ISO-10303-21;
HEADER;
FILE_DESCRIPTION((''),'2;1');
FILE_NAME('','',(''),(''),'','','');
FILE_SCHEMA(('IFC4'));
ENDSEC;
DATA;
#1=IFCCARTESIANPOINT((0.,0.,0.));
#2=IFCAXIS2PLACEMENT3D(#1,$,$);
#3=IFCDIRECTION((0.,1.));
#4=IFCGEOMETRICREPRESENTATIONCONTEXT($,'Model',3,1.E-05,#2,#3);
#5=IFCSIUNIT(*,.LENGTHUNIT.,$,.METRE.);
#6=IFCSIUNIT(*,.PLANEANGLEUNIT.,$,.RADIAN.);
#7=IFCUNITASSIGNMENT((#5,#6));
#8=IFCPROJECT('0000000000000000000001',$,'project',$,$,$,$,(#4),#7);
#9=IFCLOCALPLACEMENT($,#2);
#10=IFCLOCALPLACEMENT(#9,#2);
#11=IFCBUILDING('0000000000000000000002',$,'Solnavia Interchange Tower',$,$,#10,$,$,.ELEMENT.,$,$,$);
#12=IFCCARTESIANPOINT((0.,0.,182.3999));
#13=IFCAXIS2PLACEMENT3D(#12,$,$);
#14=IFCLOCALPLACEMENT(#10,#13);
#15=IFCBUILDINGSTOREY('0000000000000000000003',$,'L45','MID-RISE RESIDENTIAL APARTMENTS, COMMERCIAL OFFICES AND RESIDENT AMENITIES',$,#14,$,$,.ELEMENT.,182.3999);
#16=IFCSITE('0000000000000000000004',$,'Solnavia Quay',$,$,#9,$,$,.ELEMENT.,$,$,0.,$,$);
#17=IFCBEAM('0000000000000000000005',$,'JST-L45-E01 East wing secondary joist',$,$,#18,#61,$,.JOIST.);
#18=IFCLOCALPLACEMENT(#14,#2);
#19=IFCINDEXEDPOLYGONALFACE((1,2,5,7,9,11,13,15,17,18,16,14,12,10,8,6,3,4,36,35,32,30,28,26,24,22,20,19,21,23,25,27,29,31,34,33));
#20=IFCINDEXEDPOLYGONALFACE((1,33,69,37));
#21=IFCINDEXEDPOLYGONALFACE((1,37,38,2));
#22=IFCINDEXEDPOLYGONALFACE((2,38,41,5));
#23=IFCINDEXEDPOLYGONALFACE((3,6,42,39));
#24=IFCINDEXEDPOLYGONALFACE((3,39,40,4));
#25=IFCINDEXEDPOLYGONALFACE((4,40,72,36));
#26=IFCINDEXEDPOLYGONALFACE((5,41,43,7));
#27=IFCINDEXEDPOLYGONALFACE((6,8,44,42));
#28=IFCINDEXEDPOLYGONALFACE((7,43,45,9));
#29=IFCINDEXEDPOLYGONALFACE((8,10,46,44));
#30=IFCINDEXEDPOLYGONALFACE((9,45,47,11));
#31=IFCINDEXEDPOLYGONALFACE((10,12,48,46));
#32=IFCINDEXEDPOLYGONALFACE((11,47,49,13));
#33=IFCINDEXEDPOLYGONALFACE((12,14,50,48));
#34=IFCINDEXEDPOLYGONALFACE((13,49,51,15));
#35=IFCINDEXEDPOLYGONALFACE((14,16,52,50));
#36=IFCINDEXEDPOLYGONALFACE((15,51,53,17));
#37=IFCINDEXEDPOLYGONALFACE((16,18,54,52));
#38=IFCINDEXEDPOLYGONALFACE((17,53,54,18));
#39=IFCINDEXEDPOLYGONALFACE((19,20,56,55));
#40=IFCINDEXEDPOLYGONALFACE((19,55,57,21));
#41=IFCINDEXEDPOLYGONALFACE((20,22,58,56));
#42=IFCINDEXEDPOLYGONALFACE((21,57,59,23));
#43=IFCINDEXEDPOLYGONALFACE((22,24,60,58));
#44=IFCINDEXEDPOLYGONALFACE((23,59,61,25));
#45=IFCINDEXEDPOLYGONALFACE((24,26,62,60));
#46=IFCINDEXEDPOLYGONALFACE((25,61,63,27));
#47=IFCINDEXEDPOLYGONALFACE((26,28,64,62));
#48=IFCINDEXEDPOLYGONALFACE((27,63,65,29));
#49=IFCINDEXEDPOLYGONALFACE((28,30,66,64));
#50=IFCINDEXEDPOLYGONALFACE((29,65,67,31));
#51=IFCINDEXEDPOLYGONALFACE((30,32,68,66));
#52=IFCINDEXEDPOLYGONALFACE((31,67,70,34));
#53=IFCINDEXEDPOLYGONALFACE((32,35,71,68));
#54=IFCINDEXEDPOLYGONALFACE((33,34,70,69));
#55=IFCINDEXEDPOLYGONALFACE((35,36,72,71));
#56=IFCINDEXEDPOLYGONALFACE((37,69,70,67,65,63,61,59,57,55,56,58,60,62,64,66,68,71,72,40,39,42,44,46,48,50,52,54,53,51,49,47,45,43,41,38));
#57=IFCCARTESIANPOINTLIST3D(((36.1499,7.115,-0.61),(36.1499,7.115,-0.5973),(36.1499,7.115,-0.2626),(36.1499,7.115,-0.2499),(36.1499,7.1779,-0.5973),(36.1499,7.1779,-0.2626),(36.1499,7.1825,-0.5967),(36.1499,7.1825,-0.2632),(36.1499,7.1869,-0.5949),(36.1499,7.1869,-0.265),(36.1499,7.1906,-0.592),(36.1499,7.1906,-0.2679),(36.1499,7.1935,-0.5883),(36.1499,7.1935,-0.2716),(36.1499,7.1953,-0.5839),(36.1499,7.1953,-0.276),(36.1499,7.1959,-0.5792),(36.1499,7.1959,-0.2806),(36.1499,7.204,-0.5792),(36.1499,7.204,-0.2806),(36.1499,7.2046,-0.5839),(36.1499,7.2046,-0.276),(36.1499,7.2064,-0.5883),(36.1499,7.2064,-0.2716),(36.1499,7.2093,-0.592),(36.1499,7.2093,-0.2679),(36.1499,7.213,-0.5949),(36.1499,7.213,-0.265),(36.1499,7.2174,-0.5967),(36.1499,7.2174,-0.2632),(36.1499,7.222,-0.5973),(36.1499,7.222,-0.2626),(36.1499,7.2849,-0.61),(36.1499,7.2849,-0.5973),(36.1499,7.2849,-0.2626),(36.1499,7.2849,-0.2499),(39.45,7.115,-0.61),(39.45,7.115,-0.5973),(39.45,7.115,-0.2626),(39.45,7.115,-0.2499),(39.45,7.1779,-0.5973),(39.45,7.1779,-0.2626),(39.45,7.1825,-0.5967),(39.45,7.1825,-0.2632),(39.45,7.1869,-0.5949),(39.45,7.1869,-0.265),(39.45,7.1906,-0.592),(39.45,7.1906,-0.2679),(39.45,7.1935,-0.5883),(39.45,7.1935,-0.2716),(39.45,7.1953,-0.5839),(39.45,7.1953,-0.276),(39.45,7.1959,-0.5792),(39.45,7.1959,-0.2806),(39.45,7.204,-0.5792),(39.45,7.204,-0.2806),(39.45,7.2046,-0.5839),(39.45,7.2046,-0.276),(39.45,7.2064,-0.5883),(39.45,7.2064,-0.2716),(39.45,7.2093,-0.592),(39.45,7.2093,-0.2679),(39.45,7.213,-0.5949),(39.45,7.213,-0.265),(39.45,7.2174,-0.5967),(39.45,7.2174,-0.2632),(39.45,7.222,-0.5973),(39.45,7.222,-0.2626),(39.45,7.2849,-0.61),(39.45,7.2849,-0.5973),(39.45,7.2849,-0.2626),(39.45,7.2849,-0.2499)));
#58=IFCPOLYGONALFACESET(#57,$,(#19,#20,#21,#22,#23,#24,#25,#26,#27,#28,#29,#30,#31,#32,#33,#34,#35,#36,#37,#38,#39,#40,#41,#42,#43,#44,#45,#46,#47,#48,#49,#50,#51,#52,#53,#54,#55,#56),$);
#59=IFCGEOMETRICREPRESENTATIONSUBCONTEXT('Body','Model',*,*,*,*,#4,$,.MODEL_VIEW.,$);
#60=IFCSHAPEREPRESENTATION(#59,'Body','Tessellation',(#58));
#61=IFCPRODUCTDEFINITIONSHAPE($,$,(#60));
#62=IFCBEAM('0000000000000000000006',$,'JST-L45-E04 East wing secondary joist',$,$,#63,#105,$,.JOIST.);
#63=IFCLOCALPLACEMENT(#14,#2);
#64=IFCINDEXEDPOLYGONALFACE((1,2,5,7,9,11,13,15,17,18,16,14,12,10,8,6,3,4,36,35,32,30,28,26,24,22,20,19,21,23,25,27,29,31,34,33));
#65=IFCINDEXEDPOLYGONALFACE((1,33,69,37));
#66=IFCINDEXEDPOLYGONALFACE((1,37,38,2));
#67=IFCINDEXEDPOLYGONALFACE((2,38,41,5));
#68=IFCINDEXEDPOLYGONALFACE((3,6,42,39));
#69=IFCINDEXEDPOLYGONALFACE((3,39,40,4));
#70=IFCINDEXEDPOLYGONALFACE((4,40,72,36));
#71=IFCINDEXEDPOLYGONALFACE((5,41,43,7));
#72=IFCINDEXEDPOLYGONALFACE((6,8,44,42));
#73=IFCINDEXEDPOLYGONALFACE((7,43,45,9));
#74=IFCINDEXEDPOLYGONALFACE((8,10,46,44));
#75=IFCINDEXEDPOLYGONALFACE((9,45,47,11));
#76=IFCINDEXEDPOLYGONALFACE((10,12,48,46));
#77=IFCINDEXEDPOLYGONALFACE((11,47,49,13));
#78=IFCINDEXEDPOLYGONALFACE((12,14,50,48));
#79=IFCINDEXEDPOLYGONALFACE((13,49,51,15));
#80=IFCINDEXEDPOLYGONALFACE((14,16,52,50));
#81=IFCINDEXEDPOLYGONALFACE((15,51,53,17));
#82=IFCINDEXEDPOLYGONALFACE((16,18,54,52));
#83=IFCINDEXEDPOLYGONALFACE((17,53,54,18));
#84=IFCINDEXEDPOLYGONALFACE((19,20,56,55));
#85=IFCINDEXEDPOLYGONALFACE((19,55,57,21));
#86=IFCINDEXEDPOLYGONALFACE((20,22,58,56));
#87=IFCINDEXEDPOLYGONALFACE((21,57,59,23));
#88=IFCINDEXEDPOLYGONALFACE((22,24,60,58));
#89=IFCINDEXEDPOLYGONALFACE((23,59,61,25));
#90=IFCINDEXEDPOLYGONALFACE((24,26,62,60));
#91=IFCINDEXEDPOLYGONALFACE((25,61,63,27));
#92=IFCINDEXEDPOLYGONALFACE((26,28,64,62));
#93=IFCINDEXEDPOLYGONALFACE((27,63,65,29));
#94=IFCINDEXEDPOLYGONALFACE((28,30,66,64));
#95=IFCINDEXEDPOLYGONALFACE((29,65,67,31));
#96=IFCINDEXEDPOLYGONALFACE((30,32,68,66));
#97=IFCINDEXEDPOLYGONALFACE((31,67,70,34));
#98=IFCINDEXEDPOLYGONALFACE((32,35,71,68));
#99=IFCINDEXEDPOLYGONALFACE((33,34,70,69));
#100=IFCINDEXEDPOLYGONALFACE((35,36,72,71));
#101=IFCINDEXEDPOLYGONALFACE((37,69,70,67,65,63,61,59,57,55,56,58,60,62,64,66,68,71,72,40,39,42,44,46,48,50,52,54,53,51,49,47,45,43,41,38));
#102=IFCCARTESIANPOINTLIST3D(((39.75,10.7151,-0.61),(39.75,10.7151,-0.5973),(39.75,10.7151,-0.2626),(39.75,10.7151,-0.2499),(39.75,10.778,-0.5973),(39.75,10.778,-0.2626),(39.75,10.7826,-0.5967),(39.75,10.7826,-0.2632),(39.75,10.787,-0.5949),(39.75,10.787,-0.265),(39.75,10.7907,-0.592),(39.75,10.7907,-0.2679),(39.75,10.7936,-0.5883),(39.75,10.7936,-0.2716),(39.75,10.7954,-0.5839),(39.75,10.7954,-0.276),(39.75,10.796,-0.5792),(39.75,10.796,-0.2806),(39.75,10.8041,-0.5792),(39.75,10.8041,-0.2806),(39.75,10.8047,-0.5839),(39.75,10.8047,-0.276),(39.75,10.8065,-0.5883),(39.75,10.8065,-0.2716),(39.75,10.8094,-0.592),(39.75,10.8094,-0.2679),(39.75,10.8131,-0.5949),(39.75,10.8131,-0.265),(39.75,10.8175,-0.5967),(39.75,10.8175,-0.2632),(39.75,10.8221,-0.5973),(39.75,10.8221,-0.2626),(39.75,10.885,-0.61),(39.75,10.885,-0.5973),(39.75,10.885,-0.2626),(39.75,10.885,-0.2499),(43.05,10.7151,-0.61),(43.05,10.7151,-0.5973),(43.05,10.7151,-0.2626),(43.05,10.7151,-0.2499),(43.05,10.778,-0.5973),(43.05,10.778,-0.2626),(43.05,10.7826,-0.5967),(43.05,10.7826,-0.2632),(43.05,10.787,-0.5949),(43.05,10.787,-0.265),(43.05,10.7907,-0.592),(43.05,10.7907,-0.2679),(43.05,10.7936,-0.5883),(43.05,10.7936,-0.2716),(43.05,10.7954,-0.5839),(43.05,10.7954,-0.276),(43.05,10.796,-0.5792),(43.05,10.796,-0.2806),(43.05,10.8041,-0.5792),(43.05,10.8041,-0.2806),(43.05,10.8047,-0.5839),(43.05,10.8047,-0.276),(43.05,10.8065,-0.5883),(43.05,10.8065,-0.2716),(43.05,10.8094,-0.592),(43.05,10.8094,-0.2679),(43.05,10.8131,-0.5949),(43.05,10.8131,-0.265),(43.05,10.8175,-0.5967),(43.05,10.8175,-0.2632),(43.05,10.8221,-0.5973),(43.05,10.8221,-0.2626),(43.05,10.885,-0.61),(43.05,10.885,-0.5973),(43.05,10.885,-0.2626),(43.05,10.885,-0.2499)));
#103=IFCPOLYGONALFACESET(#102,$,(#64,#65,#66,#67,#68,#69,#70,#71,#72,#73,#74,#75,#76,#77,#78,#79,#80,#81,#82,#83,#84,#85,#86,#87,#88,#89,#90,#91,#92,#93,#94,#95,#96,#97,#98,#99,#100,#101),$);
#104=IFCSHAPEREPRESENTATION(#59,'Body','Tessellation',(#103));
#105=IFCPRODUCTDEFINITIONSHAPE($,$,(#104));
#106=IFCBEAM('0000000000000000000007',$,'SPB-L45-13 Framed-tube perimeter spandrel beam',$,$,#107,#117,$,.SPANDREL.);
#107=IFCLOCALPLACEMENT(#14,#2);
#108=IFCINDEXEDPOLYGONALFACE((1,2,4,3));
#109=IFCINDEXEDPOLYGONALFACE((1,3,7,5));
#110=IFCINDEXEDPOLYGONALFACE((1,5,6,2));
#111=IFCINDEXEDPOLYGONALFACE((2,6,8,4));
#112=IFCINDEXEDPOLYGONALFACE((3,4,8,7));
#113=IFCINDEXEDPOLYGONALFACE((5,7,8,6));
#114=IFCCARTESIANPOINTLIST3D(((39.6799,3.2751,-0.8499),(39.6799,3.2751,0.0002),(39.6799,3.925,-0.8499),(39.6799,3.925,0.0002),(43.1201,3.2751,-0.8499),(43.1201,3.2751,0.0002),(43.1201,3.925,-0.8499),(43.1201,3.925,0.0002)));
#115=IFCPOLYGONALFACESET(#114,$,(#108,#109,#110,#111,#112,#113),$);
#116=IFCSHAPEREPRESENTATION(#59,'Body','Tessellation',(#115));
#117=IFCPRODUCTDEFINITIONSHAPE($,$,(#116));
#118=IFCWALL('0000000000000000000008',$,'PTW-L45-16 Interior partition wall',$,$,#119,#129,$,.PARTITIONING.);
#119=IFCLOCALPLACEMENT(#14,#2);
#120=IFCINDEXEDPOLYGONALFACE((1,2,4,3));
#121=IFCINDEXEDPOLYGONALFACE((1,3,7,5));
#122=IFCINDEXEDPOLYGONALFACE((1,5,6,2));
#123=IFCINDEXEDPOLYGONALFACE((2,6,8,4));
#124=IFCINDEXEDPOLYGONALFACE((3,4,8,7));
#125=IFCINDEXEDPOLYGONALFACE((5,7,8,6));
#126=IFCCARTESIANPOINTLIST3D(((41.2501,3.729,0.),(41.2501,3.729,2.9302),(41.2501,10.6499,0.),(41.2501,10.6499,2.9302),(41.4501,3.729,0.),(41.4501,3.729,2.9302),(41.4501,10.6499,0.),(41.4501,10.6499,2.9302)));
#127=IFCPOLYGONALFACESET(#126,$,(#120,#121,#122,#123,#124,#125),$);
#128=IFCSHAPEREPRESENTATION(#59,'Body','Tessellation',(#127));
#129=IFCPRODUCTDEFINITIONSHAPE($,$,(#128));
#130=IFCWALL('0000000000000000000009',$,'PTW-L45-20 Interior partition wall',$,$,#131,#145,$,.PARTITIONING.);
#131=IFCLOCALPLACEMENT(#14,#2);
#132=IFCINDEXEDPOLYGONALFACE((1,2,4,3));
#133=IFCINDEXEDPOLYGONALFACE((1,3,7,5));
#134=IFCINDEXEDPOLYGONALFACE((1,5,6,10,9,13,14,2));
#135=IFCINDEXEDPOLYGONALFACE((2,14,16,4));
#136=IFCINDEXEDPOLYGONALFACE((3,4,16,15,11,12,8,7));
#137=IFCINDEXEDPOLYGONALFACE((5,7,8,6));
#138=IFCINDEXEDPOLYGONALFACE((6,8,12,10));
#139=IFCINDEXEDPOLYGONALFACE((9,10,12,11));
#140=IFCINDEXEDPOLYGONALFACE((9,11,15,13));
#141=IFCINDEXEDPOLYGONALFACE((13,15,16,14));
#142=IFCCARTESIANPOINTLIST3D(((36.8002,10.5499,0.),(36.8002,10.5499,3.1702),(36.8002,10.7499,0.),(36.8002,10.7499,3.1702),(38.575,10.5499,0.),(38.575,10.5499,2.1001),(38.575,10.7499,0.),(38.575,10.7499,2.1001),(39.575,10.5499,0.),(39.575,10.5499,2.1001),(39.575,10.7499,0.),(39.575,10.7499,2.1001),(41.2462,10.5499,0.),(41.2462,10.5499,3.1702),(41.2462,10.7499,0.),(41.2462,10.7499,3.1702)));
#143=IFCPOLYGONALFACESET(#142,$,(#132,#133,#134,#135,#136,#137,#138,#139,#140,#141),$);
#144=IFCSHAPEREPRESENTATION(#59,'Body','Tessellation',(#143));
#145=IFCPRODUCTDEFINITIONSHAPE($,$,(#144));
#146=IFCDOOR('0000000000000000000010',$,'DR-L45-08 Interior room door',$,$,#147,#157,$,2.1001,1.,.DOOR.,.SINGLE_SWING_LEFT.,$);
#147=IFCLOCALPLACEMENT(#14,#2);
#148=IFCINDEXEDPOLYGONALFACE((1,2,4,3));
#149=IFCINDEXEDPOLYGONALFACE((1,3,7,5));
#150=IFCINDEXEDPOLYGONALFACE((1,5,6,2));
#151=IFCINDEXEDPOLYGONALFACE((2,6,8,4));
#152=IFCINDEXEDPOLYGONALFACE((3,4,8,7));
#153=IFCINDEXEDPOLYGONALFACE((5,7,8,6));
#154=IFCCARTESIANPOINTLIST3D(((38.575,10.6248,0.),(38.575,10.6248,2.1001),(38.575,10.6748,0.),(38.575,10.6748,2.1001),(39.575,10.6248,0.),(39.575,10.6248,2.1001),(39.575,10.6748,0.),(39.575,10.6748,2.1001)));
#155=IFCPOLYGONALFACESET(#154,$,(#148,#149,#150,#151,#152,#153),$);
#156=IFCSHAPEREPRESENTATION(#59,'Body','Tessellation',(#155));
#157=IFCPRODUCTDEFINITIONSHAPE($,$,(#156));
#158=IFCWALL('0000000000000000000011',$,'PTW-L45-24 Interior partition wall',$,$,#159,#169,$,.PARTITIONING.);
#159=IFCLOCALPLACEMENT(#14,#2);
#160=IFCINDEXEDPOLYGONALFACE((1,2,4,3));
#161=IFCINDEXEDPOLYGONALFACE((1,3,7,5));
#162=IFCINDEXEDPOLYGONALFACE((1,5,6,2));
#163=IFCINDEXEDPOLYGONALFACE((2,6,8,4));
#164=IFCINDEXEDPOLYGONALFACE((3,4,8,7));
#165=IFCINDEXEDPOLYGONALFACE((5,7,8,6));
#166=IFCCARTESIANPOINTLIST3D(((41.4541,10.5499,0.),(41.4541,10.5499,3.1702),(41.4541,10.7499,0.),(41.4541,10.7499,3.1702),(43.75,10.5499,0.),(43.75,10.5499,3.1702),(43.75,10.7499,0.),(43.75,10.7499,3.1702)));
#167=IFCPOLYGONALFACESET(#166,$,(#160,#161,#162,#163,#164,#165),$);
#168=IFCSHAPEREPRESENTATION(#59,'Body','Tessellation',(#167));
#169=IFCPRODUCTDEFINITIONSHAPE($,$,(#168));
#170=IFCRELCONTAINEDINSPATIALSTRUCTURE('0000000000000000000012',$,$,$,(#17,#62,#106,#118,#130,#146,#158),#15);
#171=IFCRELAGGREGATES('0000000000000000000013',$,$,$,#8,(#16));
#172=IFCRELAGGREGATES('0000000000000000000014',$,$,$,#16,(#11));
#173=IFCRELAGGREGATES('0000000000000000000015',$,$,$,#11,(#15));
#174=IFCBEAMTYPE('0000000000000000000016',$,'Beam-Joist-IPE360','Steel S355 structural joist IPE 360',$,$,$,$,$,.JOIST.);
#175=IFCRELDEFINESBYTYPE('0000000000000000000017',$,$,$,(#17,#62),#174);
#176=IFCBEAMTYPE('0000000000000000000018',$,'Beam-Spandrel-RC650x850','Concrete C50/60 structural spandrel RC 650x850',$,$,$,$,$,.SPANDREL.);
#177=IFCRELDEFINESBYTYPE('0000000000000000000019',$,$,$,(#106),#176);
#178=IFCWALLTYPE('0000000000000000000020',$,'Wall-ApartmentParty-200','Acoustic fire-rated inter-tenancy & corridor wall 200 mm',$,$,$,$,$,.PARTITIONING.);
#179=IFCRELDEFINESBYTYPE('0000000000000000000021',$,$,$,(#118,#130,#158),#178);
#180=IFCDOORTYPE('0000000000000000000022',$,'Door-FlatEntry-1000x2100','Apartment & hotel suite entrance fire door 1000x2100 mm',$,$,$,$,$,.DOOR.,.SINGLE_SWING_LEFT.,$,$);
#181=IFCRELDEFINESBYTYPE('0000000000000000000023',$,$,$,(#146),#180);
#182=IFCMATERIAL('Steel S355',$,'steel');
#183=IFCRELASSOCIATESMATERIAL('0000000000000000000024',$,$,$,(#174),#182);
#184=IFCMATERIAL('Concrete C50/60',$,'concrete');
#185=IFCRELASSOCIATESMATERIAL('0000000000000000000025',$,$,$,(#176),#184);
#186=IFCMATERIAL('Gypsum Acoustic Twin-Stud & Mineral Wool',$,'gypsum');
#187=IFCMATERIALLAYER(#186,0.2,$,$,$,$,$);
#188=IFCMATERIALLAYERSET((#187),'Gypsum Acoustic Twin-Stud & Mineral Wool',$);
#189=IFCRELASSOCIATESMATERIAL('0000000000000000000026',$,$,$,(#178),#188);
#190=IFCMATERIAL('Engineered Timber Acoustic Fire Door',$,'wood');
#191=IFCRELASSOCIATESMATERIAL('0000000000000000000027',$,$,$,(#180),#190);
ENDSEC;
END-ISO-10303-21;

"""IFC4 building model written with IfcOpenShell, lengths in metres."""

from ifc_helpers import new_model, si_unit, direction, frame, frame_2d, origin, origin_2d, place, context, subcontext, project, spatial, rectangle, i_section, extrude, material, layer, layer_set, material_profile, profile_set, type_object, element, fill, save


model = new_model("IFC4")

# Units and contexts
model_context = context("Model", 3, precision=1e-05, world=origin(), true_north=direction((0.0, 1.0)))
body_context = subcontext(model_context, "Body", "Model", "MODEL_VIEW")
ifc_project = project(units=[si_unit("LENGTHUNIT", "METRE"), si_unit("PLANEANGLEUNIT", "RADIAN")], contexts=[model_context])

# Site, building, storey
site_placement = place(None, origin())
site = spatial("IfcSite", under=ifc_project, at=site_placement, Name="Solnavia Quay", CompositionType="ELEMENT", RefElevation=0.0)
building_placement = place(site_placement, origin())
building = spatial("IfcBuilding", under=site, at=building_placement, Name="Solnavia Interchange Tower", CompositionType="ELEMENT")
storey_placement = place(building_placement, frame((0.0, 0.0, 182.3999)))
storey = spatial("IfcBuildingStorey", under=building, at=storey_placement, Name="L45", Description="MID-RISE RESIDENTIAL APARTMENTS, COMMERCIAL OFFICES AND RESIDENT AMENITIES", CompositionType="ELEMENT", Elevation=182.3999)

# Shared definitions
ifc_material_1 = material(Name="Concrete C50/60", Category="concrete")

# Beams
ifc_material_2 = material(Name="Steel S355", Category="steel")
ifc_material_profile_1 = material_profile(ifc_material_2, i_section(OverallWidth=0.1699, OverallDepth=0.3601, WebThickness=0.0081, FlangeThickness=0.0127, FilletRadius=0.0181, at=origin_2d()), Name="IPE 360")
ifc_profile_set_1 = profile_set([ifc_material_profile_1], Name="Steel S355")
beam_type_1 = type_object("IfcBeamType", Name="Beam-Joist-IPE360", Description="Steel S355 structural joist IPE 360", PredefinedType="JOIST", material=ifc_profile_set_1)
for number, where, z_axis, x_axis, name in (
    (1, (36.1499, 7.2, -0.4299), (1.0, 0.0, 0.0), (0.0, 1.0, 0.0), "JST-L45-E01 East wing secondary joist"),
    (2, (39.75, 10.8, -0.4299), (1.0, 0.0, 0.0), (0.0, 1.0, 0.0), "JST-L45-E04 East wing secondary joist"),
):
    element("IfcBeam", number, at=place(storey_placement, frame(where, z_axis=z_axis, x_axis=x_axis)), inside=storey, type_object=beam_type_1, Name=name, PredefinedType="JOIST", context=body_context, shape_type="SweptSolid", body=[
        extrude(i_section(OverallWidth=0.1699, OverallDepth=0.3601, WebThickness=0.0081, FlangeThickness=0.0127, FilletRadius=0.0181, at=origin_2d()), origin(), (0.0, 0.0, 1.0), 3.3),
    ])
ifc_material_profile_2 = material_profile(ifc_material_1, rectangle(XDim=0.6499, YDim=0.8501, at=origin_2d()), Name="RC 650x850")
ifc_profile_set_2 = profile_set([ifc_material_profile_2], Name="Concrete C50/60")
beam_type_2 = type_object("IfcBeamType", Name="Beam-Spandrel-RC650x850", Description="Concrete C50/60 structural spandrel RC 650x850", PredefinedType="SPANDREL", material=ifc_profile_set_2)
beam_1_placement = place(storey_placement, frame((39.6799, 3.6001, -0.4248), z_axis=(1.0, 0.0, 0.0), x_axis=(0.0, 1.0, 0.0)))
element("IfcBeam", 3, at=beam_1_placement, inside=storey, type_object=beam_type_2, Name="SPB-L45-13 Framed-tube perimeter spandrel beam", PredefinedType="SPANDREL", context=body_context, shape_type="SweptSolid", body=[
    extrude(rectangle(XDim=0.6499, YDim=0.8501, at=origin_2d()), origin(), (0.0, 0.0, 1.0), 3.4402),
])

# Wall
ifc_material_3 = material(Name="Gypsum Acoustic Twin-Stud & Mineral Wool", Category="gypsum")
ifc_layer_1 = layer(ifc_material_3, 0.2)
ifc_layer_set_1 = layer_set([ifc_layer_1], Name="Gypsum Acoustic Twin-Stud & Mineral Wool")
wall_type_1 = type_object("IfcWallType", Name="Wall-ApartmentParty-200", Description="Acoustic fire-rated inter-tenancy & corridor wall 200 mm", PredefinedType="PARTITIONING", material=ifc_layer_set_1)
wall_1_placement = place(storey_placement, frame((41.3501, 3.729, 0.0), z_axis=(0.0, 0.0, 1.0), x_axis=(0.0, 1.0, 0.0)))
element("IfcWall", 4, at=wall_1_placement, inside=storey, type_object=wall_type_1, Name="PTW-L45-16 Interior partition wall", PredefinedType="PARTITIONING", context=body_context, shape_type="SweptSolid", body=[
    extrude(rectangle(XDim=6.9209, YDim=0.2, at=frame_2d((3.4604, 0.0))), origin(), (0.0, 0.0, 1.0), 2.9302),
])

# Wall, opening, door
wall_2_placement = place(storey_placement, frame((36.8, 10.6499, 0.0), z_axis=(0.0, 0.0, 1.0), x_axis=(1.0, 0.0, 0.0)))
wall_2 = element("IfcWall", 5, at=wall_2_placement, inside=storey, type_object=wall_type_1, Name="PTW-L45-20 Interior partition wall", PredefinedType="PARTITIONING", context=body_context, shape_type="SweptSolid", body=[
    extrude(rectangle(XDim=4.446, YDim=0.2, at=frame_2d((2.2231, 0.0))), origin(), (0.0, 0.0, 1.0), 3.1702),
])
opening_1_placement = place(wall_2_placement, frame((1.7749, 0.0, 0.0)))
opening_1 = element("IfcOpeningElement", 6, at=opening_1_placement, cuts=wall_2, PredefinedType="OPENING", context=body_context, shape_type="SweptSolid", body=[
    extrude(rectangle(XDim=1.0, YDim=2.1001, at=frame_2d((0.5, 1.05))), frame((0.0, 0.1099, 0.0), z_axis=(0.0, -1.0, 0.0), x_axis=(1.0, 0.0, 0.0)), (0.0, 0.0, 1.0), 0.22),
])
ifc_material_4 = material(Name="Engineered Timber Acoustic Fire Door", Category="wood")
door_type_1 = type_object("IfcDoorType", Name="Door-FlatEntry-1000x2100", Description="Apartment & hotel suite entrance fire door 1000x2100 mm", OperationType="SINGLE_SWING_LEFT", PredefinedType="DOOR", material=ifc_material_4)
door_1_placement = place(opening_1_placement, origin())
door_1 = element("IfcDoor", 7, at=door_1_placement, inside=storey, type_object=door_type_1, Name="DR-L45-08 Interior room door", OperationType="SINGLE_SWING_LEFT", OverallHeight=2.1001, OverallWidth=1.0, PredefinedType="DOOR", context=body_context, shape_type="SweptSolid", body=[
    extrude(rectangle(XDim=1.0, YDim=2.1001, at=frame_2d((0.5, 1.05))), frame((0.0, 0.0249, 0.0), z_axis=(0.0, -1.0, 0.0), x_axis=(1.0, 0.0, 0.0)), (0.0, 0.0, 1.0), 0.05),
])
fill(opening_1, door_1)

# Wall
wall_3_placement = place(storey_placement, frame((41.4541, 10.6499, 0.0), z_axis=(0.0, 0.0, 1.0), x_axis=(1.0, 0.0, 0.0)))
element("IfcWall", 8, at=wall_3_placement, inside=storey, type_object=wall_type_1, Name="PTW-L45-24 Interior partition wall", PredefinedType="PARTITIONING", context=body_context, shape_type="SweptSolid", body=[
    extrude(rectangle(XDim=2.2959, YDim=0.2, at=frame_2d((1.1479, 0.0))), origin(), (0.0, 0.0, 1.0), 3.1702),
])

save(model, "model.ifc")
